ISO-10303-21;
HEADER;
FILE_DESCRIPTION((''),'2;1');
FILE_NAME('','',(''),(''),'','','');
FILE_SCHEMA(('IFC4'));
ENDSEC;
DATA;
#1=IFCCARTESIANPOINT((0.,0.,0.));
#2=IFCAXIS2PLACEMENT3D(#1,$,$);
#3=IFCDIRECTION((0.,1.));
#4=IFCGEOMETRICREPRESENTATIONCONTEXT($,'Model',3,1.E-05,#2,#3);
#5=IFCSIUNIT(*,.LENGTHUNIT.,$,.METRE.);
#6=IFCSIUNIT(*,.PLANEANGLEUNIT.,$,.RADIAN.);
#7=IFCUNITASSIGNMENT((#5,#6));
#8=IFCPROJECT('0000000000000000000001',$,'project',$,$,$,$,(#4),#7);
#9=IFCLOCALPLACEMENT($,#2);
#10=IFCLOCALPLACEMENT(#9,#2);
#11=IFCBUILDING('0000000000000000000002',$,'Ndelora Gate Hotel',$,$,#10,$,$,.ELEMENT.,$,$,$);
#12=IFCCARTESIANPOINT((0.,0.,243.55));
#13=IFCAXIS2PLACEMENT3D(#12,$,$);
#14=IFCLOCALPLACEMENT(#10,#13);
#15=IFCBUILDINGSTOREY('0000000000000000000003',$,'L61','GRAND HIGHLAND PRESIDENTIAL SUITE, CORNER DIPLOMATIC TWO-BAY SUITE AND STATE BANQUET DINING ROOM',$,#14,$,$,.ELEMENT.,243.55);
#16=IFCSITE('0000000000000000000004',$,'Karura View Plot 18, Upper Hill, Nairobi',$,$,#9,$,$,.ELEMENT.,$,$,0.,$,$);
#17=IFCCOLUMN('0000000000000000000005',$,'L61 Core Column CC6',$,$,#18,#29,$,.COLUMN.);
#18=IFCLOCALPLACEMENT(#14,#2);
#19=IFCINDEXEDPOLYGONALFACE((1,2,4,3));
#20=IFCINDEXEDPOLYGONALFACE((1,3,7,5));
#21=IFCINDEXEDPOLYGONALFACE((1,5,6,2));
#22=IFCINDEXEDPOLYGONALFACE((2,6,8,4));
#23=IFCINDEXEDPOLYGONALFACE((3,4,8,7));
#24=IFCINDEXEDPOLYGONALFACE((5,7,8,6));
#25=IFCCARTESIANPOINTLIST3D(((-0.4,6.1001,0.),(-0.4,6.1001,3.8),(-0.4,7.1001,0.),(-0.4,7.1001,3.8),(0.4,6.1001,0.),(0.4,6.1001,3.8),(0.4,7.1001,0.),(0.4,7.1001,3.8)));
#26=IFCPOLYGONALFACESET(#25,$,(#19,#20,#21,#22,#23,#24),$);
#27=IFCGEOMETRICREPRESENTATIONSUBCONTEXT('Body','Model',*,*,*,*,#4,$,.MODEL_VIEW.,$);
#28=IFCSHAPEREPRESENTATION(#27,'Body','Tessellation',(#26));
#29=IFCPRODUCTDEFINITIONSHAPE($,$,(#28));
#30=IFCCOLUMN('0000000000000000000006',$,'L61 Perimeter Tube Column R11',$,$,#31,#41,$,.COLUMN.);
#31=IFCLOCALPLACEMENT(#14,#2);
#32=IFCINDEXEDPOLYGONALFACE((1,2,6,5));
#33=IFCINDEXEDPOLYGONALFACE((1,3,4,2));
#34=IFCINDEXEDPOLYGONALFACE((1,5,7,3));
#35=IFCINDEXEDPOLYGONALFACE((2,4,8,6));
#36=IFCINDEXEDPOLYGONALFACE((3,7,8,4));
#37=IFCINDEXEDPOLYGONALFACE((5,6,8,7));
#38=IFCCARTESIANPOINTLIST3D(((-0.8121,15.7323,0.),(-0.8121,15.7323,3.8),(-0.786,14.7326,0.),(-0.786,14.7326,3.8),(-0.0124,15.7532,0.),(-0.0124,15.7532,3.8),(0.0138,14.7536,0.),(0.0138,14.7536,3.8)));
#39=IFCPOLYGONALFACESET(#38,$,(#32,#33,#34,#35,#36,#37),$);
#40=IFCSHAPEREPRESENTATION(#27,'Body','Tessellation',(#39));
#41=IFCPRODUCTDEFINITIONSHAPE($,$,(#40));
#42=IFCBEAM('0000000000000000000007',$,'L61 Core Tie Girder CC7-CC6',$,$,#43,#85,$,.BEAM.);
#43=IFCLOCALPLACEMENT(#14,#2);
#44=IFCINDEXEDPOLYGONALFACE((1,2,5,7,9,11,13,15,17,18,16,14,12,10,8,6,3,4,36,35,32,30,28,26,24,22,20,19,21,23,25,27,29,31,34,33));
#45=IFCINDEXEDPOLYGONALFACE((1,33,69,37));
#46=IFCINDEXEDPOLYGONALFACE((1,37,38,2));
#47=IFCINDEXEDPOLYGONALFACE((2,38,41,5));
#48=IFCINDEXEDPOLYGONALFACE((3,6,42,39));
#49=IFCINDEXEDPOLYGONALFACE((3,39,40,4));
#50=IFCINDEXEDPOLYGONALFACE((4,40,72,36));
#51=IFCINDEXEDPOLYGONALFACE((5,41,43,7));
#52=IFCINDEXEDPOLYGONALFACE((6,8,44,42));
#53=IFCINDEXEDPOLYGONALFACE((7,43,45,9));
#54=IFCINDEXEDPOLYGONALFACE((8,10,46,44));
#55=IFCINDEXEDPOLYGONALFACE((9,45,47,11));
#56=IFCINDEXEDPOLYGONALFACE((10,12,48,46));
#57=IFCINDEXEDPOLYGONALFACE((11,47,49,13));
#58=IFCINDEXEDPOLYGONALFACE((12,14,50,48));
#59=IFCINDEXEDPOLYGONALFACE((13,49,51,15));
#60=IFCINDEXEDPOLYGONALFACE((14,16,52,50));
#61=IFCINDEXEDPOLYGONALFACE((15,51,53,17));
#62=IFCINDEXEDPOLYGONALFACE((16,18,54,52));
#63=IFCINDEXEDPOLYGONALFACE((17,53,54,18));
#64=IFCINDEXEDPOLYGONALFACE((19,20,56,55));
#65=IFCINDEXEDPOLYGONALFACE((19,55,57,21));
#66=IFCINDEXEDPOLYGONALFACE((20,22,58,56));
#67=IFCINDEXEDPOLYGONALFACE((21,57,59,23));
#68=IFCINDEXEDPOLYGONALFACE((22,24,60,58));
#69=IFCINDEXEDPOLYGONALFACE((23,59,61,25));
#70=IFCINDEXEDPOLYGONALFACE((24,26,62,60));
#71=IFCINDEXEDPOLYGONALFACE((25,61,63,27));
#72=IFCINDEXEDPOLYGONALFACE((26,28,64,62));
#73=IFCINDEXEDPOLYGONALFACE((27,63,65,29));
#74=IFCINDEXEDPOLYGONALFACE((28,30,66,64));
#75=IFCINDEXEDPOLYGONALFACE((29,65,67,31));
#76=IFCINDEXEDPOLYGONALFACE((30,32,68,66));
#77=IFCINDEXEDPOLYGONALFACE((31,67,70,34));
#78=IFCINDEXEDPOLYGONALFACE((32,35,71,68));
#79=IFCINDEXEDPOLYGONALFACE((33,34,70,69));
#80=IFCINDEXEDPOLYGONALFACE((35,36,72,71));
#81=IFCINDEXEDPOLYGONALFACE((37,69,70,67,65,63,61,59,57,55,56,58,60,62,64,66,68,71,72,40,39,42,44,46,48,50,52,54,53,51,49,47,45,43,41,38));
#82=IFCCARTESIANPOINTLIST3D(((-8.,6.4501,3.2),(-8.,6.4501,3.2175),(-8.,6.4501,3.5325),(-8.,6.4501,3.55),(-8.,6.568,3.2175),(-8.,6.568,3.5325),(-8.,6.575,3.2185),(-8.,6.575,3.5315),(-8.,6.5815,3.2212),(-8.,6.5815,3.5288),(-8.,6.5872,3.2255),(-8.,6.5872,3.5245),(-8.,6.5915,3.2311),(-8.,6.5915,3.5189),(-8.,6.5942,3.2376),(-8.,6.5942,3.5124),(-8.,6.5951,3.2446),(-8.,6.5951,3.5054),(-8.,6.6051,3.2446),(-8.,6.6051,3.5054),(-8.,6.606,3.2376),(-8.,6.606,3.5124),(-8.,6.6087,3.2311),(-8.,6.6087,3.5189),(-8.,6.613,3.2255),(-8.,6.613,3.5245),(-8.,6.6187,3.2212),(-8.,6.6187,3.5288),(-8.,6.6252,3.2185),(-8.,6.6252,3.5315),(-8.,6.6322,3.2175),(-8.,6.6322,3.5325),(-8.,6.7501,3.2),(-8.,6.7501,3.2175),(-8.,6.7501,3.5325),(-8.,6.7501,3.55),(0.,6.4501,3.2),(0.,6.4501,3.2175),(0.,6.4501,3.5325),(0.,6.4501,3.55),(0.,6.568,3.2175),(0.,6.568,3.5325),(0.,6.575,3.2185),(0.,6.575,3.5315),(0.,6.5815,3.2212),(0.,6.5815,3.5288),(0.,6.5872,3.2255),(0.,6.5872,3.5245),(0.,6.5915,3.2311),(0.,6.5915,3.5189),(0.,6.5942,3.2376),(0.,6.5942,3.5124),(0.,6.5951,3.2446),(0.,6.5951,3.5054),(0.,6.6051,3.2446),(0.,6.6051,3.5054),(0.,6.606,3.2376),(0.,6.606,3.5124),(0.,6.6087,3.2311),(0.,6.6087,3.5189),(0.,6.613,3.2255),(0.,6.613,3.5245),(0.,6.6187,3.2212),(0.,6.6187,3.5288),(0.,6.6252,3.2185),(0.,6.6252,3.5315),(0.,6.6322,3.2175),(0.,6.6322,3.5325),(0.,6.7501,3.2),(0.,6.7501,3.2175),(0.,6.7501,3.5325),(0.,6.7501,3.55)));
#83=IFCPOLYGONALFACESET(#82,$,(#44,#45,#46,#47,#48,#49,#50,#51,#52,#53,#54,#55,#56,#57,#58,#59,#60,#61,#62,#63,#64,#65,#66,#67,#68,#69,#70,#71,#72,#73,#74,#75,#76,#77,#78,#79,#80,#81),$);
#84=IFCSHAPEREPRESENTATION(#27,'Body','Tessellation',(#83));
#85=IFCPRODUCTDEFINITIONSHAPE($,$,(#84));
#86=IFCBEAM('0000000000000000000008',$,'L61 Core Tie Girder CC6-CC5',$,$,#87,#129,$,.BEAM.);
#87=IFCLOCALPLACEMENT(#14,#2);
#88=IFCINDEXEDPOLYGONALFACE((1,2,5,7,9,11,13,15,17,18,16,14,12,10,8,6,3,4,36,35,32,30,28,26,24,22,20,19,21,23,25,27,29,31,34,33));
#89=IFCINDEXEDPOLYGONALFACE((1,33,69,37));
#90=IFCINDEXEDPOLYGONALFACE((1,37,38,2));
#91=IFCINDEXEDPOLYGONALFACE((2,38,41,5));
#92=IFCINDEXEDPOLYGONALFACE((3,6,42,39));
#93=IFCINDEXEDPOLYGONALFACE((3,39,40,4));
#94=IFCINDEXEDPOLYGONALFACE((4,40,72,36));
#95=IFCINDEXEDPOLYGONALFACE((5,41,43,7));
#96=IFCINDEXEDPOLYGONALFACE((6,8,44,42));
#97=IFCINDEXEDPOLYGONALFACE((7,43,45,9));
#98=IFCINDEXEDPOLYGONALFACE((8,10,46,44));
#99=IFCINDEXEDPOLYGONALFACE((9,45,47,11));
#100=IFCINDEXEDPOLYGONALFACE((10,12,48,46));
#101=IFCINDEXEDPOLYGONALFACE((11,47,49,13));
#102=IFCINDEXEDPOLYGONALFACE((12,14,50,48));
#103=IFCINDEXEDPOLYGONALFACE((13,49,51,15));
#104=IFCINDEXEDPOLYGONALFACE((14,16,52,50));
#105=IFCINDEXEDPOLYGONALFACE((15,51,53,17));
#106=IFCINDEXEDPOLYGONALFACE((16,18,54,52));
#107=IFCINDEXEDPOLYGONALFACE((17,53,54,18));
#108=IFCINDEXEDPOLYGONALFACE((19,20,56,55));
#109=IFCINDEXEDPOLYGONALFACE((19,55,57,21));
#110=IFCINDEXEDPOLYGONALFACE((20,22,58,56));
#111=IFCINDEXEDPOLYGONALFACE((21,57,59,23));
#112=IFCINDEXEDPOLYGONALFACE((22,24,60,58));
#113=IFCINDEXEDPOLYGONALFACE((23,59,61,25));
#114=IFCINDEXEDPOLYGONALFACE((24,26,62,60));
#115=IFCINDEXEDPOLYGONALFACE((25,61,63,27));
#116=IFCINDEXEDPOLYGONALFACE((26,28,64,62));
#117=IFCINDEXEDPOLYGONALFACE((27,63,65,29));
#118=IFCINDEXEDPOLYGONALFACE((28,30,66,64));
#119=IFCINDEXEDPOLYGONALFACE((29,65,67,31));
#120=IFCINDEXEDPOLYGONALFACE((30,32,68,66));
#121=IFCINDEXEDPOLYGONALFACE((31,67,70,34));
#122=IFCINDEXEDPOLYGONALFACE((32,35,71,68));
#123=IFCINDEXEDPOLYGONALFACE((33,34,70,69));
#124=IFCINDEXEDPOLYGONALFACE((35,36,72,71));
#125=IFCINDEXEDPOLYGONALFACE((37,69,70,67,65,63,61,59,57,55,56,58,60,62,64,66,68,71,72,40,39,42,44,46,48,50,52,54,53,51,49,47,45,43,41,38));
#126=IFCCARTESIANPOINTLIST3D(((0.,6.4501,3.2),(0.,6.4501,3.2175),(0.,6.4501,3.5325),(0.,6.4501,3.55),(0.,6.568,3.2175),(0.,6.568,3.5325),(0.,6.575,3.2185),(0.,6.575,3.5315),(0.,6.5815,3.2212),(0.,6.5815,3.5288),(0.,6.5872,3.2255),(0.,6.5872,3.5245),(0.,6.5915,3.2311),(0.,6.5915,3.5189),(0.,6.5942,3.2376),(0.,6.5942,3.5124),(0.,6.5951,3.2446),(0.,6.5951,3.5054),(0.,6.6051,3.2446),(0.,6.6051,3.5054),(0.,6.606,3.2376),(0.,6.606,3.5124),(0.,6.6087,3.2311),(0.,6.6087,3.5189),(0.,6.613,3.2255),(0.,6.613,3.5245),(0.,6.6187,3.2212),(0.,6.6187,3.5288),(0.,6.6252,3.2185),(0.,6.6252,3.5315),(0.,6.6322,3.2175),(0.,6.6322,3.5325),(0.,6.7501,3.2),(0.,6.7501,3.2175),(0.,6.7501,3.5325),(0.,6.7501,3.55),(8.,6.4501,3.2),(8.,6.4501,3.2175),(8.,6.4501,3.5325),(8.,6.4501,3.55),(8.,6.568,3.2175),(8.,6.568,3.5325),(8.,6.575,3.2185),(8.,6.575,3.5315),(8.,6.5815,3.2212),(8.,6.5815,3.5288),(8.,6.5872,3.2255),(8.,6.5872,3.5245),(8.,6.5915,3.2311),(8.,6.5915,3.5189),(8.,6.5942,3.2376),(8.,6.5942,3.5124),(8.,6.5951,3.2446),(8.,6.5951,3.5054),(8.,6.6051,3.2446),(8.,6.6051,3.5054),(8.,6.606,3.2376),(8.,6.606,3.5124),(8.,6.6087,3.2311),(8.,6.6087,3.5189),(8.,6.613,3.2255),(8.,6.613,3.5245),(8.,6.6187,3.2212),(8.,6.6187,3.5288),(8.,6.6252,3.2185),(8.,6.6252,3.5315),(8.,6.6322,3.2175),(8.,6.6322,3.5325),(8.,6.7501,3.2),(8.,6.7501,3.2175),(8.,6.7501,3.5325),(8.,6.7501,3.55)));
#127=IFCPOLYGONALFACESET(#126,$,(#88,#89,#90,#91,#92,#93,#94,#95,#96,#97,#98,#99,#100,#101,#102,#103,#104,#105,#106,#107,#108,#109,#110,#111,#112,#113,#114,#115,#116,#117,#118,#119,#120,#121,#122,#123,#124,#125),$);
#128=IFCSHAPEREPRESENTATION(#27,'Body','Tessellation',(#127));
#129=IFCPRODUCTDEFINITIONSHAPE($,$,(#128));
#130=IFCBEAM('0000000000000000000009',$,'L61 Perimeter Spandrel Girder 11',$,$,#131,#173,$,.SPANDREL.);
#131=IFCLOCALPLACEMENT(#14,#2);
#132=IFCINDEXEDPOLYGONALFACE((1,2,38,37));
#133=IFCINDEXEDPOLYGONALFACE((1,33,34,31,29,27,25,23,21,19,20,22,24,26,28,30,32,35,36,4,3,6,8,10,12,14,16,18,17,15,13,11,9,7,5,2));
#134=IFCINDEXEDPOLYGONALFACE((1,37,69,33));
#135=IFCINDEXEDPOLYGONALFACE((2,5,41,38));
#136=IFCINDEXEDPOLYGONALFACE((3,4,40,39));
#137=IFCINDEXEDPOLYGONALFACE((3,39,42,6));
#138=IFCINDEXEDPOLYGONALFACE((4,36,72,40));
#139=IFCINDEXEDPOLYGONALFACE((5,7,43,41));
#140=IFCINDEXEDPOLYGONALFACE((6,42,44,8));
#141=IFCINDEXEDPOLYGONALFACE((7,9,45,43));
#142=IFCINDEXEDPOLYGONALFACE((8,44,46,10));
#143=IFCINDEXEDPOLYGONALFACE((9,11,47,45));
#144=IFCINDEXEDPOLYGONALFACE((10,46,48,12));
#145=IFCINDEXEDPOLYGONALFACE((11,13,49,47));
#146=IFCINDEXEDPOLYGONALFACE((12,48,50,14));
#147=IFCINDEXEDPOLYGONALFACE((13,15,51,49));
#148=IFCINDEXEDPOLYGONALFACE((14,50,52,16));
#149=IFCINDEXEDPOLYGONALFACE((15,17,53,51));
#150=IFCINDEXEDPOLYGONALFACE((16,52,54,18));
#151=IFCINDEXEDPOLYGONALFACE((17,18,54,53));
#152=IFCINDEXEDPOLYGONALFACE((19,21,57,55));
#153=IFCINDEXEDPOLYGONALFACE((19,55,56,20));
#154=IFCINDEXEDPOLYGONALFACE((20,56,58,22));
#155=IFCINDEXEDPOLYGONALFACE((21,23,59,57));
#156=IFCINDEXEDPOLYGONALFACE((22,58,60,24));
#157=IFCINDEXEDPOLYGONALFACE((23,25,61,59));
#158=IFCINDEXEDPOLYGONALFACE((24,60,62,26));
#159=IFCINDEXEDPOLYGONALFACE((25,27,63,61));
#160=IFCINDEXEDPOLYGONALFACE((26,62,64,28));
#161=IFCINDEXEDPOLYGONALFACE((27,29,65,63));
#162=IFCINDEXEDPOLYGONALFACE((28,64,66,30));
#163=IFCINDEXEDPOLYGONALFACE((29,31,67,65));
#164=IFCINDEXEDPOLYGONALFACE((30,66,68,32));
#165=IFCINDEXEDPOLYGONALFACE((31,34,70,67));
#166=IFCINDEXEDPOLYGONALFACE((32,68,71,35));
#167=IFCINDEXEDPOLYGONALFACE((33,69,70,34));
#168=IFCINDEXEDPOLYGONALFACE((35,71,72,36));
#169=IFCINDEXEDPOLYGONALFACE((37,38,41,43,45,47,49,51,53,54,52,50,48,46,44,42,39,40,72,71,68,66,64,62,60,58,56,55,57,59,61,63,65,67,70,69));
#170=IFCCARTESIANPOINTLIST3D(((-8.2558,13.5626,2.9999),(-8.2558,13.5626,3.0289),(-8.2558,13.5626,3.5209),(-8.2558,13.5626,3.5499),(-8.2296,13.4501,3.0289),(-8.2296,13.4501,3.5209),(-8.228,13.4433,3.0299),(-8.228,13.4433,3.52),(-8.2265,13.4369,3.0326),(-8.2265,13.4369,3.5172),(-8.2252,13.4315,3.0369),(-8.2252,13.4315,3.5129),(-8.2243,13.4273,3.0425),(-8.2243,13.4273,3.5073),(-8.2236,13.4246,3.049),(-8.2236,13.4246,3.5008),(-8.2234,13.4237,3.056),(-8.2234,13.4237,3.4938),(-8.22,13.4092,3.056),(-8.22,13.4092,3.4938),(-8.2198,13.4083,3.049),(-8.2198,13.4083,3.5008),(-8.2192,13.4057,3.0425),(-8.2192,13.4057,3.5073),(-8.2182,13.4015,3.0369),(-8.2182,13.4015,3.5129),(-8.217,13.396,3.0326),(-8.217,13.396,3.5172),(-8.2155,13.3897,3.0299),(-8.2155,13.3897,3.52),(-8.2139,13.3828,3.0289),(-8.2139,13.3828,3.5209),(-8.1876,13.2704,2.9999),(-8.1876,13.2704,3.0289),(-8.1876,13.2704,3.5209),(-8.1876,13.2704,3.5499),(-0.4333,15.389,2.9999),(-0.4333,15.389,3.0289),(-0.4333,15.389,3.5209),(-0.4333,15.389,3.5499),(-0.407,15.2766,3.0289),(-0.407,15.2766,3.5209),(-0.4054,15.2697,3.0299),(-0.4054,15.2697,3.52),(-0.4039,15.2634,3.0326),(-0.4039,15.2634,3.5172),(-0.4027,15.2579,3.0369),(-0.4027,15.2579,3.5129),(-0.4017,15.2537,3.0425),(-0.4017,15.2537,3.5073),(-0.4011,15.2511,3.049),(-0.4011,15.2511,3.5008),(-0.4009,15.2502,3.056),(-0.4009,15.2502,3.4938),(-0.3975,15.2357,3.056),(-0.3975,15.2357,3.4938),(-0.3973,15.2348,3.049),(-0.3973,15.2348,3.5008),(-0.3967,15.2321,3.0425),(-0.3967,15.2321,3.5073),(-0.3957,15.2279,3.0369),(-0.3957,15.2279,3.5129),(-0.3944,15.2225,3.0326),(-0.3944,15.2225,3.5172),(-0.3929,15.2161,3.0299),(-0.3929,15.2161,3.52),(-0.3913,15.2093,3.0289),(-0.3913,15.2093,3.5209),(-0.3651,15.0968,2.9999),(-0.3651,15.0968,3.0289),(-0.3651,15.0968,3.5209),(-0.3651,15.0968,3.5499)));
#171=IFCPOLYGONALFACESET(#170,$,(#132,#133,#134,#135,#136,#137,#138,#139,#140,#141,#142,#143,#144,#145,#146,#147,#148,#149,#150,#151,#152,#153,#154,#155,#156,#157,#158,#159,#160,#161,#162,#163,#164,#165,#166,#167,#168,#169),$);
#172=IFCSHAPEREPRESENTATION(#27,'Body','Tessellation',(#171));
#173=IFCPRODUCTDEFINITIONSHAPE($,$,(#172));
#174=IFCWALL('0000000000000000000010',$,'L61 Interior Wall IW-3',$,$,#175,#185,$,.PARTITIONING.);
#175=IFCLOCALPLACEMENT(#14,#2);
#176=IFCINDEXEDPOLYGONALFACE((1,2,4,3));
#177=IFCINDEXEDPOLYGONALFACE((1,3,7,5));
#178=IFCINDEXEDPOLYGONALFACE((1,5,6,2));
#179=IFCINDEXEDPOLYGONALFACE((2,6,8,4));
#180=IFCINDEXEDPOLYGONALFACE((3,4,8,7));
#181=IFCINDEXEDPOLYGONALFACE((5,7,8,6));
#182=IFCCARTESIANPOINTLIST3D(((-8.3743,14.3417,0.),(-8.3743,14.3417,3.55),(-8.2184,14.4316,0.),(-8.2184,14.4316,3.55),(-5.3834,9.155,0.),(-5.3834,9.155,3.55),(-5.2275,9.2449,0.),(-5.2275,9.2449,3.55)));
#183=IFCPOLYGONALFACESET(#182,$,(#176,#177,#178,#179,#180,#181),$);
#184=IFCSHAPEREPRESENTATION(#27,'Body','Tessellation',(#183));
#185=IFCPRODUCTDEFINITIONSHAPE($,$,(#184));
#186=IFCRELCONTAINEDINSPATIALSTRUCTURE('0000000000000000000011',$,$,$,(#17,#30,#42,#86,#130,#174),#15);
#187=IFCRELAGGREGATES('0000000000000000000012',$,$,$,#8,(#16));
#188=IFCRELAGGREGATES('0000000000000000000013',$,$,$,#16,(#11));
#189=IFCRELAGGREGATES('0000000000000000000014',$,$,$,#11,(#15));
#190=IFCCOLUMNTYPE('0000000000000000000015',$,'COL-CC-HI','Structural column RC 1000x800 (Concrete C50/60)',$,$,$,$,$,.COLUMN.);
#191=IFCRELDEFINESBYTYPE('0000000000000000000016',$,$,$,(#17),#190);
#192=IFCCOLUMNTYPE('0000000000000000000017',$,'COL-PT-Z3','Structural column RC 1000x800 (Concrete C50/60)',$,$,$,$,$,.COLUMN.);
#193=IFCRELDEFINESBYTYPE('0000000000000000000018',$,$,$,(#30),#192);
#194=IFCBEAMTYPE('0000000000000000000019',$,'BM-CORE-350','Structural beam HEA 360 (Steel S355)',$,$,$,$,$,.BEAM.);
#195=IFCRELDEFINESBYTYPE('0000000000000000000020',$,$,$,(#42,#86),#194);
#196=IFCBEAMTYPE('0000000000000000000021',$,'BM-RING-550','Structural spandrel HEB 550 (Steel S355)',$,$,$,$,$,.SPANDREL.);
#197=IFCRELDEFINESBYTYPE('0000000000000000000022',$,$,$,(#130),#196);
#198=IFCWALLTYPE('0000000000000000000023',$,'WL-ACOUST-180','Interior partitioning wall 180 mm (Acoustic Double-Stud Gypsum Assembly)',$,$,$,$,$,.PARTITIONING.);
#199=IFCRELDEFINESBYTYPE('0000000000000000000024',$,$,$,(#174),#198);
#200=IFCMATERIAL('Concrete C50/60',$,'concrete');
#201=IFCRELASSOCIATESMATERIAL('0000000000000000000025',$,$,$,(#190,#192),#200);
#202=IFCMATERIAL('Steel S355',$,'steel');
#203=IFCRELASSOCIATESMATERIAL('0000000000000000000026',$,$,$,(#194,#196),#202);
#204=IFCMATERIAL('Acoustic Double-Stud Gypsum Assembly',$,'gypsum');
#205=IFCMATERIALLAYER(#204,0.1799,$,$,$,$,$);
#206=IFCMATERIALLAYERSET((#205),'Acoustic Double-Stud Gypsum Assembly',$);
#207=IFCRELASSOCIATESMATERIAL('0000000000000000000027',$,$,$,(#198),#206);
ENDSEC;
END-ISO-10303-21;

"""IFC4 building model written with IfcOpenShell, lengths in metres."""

from ifc_helpers import new_model, si_unit, direction, frame, frame_2d, origin, origin_2d, place, context, subcontext, project, spatial, rectangle, i_section, extrude, material, layer, layer_set, material_profile, profile_set, type_object, element, save


model = new_model("IFC4")

# Units and contexts
model_context = context("Model", 3, precision=1e-05, world=origin(), true_north=direction((0.0, 1.0)))
body_context = subcontext(model_context, "Body", "Model", "MODEL_VIEW")
ifc_project = project(units=[si_unit("LENGTHUNIT", "METRE"), si_unit("PLANEANGLEUNIT", "RADIAN")], contexts=[model_context])

# Site, building, storey
site_placement = place(None, origin())
site = spatial("IfcSite", under=ifc_project, at=site_placement, Name="Karura View Plot 18, Upper Hill, Nairobi", CompositionType="ELEMENT", RefElevation=0.0)
building_placement = place(site_placement, origin())
building = spatial("IfcBuilding", under=site, at=building_placement, Name="Ndelora Gate Hotel", CompositionType="ELEMENT")
storey_placement = place(building_placement, frame((0.0, 0.0, 243.55)))
storey = spatial("IfcBuildingStorey", under=building, at=storey_placement, Name="L61", Description="GRAND HIGHLAND PRESIDENTIAL SUITE, CORNER DIPLOMATIC TWO-BAY SUITE AND STATE BANQUET DINING ROOM", CompositionType="ELEMENT", Elevation=243.55)

# Columns
ifc_material_1 = material(Name="Concrete C50/60", Category="concrete")
ifc_material_profile_1 = material_profile(ifc_material_1, rectangle(XDim=0.8, YDim=1.0, at=origin_2d()), Name="RC 1000x800")
ifc_profile_set_1 = profile_set([ifc_material_profile_1], Name="Concrete C50/60")
column_type_1 = type_object("IfcColumnType", Name="COL-CC-HI", Description="Structural column RC 1000x800 (Concrete C50/60)", PredefinedType="COLUMN", material=ifc_profile_set_1)
column_1_placement = place(storey_placement, frame((0.0, 6.6001, 0.0), z_axis=(0.0, 0.0, 1.0), x_axis=(1.0, 0.0, 0.0)))
element("IfcColumn", 1, at=column_1_placement, inside=storey, type_object=column_type_1, Name="L61 Core Column CC6", PredefinedType="COLUMN", context=body_context, shape_type="SweptSolid", body=[
    extrude(rectangle(XDim=0.8, YDim=1.0, at=origin_2d()), origin(), (0.0, 0.0, 1.0), 3.8),
])
ifc_material_profile_2 = material_profile(ifc_material_1, rectangle(XDim=0.8, YDim=1.0, at=origin_2d()), Name="RC 1000x800")
ifc_profile_set_2 = profile_set([ifc_material_profile_2], Name="Concrete C50/60")
column_type_2 = type_object("IfcColumnType", Name="COL-PT-Z3", Description="Structural column RC 1000x800 (Concrete C50/60)", PredefinedType="COLUMN", material=ifc_profile_set_2)
column_2_placement = place(storey_placement, frame((-0.3992, 15.2429, 0.0), z_axis=(0.0, 0.0, 1.0), x_axis=(0.999657, 0.026177, 0.0)))
element("IfcColumn", 2, at=column_2_placement, inside=storey, type_object=column_type_2, Name="L61 Perimeter Tube Column R11", PredefinedType="COLUMN", context=body_context, shape_type="SweptSolid", body=[
    extrude(rectangle(XDim=0.8, YDim=1.0, at=origin_2d()), origin(), (0.0, 0.0, 1.0), 3.8),
])

# Beams
ifc_material_2 = material(Name="Steel S355", Category="steel")
ifc_material_profile_3 = material_profile(ifc_material_2, i_section(OverallWidth=0.3, OverallDepth=0.3501, WebThickness=0.01, FlangeThickness=0.0176, FilletRadius=0.0271, at=origin_2d()), Name="HEA 360")
ifc_profile_set_3 = profile_set([ifc_material_profile_3], Name="Steel S355")
beam_type_1 = type_object("IfcBeamType", Name="BM-CORE-350", Description="Structural beam HEA 360 (Steel S355)", PredefinedType="BEAM", material=ifc_profile_set_3)
for number, where, z_axis, x_axis, name in (
    (3, (-8.0, 6.6001, 3.375), (1.0, 0.0, 0.0), (0.0, 1.0, 0.0), "L61 Core Tie Girder CC7-CC6"),
    (4, (0.0, 6.6001, 3.375), (1.0, 0.0, 0.0), (0.0, 1.0, 0.0), "L61 Core Tie Girder CC6-CC5"),
):
    element("IfcBeam", number, at=place(storey_placement, frame(where, z_axis=z_axis, x_axis=x_axis)), inside=storey, type_object=beam_type_1, Name=name, PredefinedType="BEAM", context=body_context, shape_type="SweptSolid", body=[
        extrude(i_section(OverallWidth=0.3, OverallDepth=0.3501, WebThickness=0.01, FlangeThickness=0.0176, FilletRadius=0.0271, at=origin_2d()), origin(), (0.0, 0.0, 1.0), 8.0),
    ])
ifc_material_profile_4 = material_profile(ifc_material_2, i_section(OverallWidth=0.3, OverallDepth=0.55, WebThickness=0.0149, FlangeThickness=0.0291, FilletRadius=0.0271, at=origin_2d()), Name="HEB 550")
ifc_profile_set_4 = profile_set([ifc_material_profile_4], Name="Steel S355")
beam_type_2 = type_object("IfcBeamType", Name="BM-RING-550", Description="Structural spandrel HEB 550 (Steel S355)", PredefinedType="SPANDREL", material=ifc_profile_set_4)
beam_placement = place(storey_placement, frame((-0.3992, 15.2429, 3.2749), z_axis=(-0.973809, -0.227367, 0.0), x_axis=(0.227367, -0.973809, 0.0)))
element("IfcBeam", 5, at=beam_placement, inside=storey, type_object=beam_type_2, Name="L61 Perimeter Spandrel Girder 11", PredefinedType="SPANDREL", context=body_context, shape_type="SweptSolid", body=[
    extrude(i_section(OverallWidth=0.3, OverallDepth=0.55, WebThickness=0.0149, FlangeThickness=0.0291, FilletRadius=0.0271, at=origin_2d()), origin(), (0.0, 0.0, 1.0), 8.033),
])

# Wall
ifc_material_3 = material(Name="Acoustic Double-Stud Gypsum Assembly", Category="gypsum")
ifc_layer_1 = layer(ifc_material_3, 0.1799)
ifc_layer_set_1 = layer_set([ifc_layer_1], Name="Acoustic Double-Stud Gypsum Assembly")
wall_type_1 = type_object("IfcWallType", Name="WL-ACOUST-180", Description="Interior partitioning wall 180 mm (Acoustic Double-Stud Gypsum Assembly)", PredefinedType="PARTITIONING", material=ifc_layer_set_1)
wall_1_placement = place(storey_placement, frame((-5.3054, 9.2, 0.0), z_axis=(0.0, 0.0, 1.0), x_axis=(-0.499547, 0.866287, 0.0)))
element("IfcWall", 6, at=wall_1_placement, inside=storey, type_object=wall_type_1, Name="L61 Interior Wall IW-3", PredefinedType="PARTITIONING", context=body_context, shape_type="SweptSolid", body=[
    extrude(rectangle(XDim=5.9873, YDim=0.1799, at=frame_2d((2.9937, 0.0))), origin(), (0.0, 0.0, 1.0), 3.55),
])

save(model, "model.ifc")
